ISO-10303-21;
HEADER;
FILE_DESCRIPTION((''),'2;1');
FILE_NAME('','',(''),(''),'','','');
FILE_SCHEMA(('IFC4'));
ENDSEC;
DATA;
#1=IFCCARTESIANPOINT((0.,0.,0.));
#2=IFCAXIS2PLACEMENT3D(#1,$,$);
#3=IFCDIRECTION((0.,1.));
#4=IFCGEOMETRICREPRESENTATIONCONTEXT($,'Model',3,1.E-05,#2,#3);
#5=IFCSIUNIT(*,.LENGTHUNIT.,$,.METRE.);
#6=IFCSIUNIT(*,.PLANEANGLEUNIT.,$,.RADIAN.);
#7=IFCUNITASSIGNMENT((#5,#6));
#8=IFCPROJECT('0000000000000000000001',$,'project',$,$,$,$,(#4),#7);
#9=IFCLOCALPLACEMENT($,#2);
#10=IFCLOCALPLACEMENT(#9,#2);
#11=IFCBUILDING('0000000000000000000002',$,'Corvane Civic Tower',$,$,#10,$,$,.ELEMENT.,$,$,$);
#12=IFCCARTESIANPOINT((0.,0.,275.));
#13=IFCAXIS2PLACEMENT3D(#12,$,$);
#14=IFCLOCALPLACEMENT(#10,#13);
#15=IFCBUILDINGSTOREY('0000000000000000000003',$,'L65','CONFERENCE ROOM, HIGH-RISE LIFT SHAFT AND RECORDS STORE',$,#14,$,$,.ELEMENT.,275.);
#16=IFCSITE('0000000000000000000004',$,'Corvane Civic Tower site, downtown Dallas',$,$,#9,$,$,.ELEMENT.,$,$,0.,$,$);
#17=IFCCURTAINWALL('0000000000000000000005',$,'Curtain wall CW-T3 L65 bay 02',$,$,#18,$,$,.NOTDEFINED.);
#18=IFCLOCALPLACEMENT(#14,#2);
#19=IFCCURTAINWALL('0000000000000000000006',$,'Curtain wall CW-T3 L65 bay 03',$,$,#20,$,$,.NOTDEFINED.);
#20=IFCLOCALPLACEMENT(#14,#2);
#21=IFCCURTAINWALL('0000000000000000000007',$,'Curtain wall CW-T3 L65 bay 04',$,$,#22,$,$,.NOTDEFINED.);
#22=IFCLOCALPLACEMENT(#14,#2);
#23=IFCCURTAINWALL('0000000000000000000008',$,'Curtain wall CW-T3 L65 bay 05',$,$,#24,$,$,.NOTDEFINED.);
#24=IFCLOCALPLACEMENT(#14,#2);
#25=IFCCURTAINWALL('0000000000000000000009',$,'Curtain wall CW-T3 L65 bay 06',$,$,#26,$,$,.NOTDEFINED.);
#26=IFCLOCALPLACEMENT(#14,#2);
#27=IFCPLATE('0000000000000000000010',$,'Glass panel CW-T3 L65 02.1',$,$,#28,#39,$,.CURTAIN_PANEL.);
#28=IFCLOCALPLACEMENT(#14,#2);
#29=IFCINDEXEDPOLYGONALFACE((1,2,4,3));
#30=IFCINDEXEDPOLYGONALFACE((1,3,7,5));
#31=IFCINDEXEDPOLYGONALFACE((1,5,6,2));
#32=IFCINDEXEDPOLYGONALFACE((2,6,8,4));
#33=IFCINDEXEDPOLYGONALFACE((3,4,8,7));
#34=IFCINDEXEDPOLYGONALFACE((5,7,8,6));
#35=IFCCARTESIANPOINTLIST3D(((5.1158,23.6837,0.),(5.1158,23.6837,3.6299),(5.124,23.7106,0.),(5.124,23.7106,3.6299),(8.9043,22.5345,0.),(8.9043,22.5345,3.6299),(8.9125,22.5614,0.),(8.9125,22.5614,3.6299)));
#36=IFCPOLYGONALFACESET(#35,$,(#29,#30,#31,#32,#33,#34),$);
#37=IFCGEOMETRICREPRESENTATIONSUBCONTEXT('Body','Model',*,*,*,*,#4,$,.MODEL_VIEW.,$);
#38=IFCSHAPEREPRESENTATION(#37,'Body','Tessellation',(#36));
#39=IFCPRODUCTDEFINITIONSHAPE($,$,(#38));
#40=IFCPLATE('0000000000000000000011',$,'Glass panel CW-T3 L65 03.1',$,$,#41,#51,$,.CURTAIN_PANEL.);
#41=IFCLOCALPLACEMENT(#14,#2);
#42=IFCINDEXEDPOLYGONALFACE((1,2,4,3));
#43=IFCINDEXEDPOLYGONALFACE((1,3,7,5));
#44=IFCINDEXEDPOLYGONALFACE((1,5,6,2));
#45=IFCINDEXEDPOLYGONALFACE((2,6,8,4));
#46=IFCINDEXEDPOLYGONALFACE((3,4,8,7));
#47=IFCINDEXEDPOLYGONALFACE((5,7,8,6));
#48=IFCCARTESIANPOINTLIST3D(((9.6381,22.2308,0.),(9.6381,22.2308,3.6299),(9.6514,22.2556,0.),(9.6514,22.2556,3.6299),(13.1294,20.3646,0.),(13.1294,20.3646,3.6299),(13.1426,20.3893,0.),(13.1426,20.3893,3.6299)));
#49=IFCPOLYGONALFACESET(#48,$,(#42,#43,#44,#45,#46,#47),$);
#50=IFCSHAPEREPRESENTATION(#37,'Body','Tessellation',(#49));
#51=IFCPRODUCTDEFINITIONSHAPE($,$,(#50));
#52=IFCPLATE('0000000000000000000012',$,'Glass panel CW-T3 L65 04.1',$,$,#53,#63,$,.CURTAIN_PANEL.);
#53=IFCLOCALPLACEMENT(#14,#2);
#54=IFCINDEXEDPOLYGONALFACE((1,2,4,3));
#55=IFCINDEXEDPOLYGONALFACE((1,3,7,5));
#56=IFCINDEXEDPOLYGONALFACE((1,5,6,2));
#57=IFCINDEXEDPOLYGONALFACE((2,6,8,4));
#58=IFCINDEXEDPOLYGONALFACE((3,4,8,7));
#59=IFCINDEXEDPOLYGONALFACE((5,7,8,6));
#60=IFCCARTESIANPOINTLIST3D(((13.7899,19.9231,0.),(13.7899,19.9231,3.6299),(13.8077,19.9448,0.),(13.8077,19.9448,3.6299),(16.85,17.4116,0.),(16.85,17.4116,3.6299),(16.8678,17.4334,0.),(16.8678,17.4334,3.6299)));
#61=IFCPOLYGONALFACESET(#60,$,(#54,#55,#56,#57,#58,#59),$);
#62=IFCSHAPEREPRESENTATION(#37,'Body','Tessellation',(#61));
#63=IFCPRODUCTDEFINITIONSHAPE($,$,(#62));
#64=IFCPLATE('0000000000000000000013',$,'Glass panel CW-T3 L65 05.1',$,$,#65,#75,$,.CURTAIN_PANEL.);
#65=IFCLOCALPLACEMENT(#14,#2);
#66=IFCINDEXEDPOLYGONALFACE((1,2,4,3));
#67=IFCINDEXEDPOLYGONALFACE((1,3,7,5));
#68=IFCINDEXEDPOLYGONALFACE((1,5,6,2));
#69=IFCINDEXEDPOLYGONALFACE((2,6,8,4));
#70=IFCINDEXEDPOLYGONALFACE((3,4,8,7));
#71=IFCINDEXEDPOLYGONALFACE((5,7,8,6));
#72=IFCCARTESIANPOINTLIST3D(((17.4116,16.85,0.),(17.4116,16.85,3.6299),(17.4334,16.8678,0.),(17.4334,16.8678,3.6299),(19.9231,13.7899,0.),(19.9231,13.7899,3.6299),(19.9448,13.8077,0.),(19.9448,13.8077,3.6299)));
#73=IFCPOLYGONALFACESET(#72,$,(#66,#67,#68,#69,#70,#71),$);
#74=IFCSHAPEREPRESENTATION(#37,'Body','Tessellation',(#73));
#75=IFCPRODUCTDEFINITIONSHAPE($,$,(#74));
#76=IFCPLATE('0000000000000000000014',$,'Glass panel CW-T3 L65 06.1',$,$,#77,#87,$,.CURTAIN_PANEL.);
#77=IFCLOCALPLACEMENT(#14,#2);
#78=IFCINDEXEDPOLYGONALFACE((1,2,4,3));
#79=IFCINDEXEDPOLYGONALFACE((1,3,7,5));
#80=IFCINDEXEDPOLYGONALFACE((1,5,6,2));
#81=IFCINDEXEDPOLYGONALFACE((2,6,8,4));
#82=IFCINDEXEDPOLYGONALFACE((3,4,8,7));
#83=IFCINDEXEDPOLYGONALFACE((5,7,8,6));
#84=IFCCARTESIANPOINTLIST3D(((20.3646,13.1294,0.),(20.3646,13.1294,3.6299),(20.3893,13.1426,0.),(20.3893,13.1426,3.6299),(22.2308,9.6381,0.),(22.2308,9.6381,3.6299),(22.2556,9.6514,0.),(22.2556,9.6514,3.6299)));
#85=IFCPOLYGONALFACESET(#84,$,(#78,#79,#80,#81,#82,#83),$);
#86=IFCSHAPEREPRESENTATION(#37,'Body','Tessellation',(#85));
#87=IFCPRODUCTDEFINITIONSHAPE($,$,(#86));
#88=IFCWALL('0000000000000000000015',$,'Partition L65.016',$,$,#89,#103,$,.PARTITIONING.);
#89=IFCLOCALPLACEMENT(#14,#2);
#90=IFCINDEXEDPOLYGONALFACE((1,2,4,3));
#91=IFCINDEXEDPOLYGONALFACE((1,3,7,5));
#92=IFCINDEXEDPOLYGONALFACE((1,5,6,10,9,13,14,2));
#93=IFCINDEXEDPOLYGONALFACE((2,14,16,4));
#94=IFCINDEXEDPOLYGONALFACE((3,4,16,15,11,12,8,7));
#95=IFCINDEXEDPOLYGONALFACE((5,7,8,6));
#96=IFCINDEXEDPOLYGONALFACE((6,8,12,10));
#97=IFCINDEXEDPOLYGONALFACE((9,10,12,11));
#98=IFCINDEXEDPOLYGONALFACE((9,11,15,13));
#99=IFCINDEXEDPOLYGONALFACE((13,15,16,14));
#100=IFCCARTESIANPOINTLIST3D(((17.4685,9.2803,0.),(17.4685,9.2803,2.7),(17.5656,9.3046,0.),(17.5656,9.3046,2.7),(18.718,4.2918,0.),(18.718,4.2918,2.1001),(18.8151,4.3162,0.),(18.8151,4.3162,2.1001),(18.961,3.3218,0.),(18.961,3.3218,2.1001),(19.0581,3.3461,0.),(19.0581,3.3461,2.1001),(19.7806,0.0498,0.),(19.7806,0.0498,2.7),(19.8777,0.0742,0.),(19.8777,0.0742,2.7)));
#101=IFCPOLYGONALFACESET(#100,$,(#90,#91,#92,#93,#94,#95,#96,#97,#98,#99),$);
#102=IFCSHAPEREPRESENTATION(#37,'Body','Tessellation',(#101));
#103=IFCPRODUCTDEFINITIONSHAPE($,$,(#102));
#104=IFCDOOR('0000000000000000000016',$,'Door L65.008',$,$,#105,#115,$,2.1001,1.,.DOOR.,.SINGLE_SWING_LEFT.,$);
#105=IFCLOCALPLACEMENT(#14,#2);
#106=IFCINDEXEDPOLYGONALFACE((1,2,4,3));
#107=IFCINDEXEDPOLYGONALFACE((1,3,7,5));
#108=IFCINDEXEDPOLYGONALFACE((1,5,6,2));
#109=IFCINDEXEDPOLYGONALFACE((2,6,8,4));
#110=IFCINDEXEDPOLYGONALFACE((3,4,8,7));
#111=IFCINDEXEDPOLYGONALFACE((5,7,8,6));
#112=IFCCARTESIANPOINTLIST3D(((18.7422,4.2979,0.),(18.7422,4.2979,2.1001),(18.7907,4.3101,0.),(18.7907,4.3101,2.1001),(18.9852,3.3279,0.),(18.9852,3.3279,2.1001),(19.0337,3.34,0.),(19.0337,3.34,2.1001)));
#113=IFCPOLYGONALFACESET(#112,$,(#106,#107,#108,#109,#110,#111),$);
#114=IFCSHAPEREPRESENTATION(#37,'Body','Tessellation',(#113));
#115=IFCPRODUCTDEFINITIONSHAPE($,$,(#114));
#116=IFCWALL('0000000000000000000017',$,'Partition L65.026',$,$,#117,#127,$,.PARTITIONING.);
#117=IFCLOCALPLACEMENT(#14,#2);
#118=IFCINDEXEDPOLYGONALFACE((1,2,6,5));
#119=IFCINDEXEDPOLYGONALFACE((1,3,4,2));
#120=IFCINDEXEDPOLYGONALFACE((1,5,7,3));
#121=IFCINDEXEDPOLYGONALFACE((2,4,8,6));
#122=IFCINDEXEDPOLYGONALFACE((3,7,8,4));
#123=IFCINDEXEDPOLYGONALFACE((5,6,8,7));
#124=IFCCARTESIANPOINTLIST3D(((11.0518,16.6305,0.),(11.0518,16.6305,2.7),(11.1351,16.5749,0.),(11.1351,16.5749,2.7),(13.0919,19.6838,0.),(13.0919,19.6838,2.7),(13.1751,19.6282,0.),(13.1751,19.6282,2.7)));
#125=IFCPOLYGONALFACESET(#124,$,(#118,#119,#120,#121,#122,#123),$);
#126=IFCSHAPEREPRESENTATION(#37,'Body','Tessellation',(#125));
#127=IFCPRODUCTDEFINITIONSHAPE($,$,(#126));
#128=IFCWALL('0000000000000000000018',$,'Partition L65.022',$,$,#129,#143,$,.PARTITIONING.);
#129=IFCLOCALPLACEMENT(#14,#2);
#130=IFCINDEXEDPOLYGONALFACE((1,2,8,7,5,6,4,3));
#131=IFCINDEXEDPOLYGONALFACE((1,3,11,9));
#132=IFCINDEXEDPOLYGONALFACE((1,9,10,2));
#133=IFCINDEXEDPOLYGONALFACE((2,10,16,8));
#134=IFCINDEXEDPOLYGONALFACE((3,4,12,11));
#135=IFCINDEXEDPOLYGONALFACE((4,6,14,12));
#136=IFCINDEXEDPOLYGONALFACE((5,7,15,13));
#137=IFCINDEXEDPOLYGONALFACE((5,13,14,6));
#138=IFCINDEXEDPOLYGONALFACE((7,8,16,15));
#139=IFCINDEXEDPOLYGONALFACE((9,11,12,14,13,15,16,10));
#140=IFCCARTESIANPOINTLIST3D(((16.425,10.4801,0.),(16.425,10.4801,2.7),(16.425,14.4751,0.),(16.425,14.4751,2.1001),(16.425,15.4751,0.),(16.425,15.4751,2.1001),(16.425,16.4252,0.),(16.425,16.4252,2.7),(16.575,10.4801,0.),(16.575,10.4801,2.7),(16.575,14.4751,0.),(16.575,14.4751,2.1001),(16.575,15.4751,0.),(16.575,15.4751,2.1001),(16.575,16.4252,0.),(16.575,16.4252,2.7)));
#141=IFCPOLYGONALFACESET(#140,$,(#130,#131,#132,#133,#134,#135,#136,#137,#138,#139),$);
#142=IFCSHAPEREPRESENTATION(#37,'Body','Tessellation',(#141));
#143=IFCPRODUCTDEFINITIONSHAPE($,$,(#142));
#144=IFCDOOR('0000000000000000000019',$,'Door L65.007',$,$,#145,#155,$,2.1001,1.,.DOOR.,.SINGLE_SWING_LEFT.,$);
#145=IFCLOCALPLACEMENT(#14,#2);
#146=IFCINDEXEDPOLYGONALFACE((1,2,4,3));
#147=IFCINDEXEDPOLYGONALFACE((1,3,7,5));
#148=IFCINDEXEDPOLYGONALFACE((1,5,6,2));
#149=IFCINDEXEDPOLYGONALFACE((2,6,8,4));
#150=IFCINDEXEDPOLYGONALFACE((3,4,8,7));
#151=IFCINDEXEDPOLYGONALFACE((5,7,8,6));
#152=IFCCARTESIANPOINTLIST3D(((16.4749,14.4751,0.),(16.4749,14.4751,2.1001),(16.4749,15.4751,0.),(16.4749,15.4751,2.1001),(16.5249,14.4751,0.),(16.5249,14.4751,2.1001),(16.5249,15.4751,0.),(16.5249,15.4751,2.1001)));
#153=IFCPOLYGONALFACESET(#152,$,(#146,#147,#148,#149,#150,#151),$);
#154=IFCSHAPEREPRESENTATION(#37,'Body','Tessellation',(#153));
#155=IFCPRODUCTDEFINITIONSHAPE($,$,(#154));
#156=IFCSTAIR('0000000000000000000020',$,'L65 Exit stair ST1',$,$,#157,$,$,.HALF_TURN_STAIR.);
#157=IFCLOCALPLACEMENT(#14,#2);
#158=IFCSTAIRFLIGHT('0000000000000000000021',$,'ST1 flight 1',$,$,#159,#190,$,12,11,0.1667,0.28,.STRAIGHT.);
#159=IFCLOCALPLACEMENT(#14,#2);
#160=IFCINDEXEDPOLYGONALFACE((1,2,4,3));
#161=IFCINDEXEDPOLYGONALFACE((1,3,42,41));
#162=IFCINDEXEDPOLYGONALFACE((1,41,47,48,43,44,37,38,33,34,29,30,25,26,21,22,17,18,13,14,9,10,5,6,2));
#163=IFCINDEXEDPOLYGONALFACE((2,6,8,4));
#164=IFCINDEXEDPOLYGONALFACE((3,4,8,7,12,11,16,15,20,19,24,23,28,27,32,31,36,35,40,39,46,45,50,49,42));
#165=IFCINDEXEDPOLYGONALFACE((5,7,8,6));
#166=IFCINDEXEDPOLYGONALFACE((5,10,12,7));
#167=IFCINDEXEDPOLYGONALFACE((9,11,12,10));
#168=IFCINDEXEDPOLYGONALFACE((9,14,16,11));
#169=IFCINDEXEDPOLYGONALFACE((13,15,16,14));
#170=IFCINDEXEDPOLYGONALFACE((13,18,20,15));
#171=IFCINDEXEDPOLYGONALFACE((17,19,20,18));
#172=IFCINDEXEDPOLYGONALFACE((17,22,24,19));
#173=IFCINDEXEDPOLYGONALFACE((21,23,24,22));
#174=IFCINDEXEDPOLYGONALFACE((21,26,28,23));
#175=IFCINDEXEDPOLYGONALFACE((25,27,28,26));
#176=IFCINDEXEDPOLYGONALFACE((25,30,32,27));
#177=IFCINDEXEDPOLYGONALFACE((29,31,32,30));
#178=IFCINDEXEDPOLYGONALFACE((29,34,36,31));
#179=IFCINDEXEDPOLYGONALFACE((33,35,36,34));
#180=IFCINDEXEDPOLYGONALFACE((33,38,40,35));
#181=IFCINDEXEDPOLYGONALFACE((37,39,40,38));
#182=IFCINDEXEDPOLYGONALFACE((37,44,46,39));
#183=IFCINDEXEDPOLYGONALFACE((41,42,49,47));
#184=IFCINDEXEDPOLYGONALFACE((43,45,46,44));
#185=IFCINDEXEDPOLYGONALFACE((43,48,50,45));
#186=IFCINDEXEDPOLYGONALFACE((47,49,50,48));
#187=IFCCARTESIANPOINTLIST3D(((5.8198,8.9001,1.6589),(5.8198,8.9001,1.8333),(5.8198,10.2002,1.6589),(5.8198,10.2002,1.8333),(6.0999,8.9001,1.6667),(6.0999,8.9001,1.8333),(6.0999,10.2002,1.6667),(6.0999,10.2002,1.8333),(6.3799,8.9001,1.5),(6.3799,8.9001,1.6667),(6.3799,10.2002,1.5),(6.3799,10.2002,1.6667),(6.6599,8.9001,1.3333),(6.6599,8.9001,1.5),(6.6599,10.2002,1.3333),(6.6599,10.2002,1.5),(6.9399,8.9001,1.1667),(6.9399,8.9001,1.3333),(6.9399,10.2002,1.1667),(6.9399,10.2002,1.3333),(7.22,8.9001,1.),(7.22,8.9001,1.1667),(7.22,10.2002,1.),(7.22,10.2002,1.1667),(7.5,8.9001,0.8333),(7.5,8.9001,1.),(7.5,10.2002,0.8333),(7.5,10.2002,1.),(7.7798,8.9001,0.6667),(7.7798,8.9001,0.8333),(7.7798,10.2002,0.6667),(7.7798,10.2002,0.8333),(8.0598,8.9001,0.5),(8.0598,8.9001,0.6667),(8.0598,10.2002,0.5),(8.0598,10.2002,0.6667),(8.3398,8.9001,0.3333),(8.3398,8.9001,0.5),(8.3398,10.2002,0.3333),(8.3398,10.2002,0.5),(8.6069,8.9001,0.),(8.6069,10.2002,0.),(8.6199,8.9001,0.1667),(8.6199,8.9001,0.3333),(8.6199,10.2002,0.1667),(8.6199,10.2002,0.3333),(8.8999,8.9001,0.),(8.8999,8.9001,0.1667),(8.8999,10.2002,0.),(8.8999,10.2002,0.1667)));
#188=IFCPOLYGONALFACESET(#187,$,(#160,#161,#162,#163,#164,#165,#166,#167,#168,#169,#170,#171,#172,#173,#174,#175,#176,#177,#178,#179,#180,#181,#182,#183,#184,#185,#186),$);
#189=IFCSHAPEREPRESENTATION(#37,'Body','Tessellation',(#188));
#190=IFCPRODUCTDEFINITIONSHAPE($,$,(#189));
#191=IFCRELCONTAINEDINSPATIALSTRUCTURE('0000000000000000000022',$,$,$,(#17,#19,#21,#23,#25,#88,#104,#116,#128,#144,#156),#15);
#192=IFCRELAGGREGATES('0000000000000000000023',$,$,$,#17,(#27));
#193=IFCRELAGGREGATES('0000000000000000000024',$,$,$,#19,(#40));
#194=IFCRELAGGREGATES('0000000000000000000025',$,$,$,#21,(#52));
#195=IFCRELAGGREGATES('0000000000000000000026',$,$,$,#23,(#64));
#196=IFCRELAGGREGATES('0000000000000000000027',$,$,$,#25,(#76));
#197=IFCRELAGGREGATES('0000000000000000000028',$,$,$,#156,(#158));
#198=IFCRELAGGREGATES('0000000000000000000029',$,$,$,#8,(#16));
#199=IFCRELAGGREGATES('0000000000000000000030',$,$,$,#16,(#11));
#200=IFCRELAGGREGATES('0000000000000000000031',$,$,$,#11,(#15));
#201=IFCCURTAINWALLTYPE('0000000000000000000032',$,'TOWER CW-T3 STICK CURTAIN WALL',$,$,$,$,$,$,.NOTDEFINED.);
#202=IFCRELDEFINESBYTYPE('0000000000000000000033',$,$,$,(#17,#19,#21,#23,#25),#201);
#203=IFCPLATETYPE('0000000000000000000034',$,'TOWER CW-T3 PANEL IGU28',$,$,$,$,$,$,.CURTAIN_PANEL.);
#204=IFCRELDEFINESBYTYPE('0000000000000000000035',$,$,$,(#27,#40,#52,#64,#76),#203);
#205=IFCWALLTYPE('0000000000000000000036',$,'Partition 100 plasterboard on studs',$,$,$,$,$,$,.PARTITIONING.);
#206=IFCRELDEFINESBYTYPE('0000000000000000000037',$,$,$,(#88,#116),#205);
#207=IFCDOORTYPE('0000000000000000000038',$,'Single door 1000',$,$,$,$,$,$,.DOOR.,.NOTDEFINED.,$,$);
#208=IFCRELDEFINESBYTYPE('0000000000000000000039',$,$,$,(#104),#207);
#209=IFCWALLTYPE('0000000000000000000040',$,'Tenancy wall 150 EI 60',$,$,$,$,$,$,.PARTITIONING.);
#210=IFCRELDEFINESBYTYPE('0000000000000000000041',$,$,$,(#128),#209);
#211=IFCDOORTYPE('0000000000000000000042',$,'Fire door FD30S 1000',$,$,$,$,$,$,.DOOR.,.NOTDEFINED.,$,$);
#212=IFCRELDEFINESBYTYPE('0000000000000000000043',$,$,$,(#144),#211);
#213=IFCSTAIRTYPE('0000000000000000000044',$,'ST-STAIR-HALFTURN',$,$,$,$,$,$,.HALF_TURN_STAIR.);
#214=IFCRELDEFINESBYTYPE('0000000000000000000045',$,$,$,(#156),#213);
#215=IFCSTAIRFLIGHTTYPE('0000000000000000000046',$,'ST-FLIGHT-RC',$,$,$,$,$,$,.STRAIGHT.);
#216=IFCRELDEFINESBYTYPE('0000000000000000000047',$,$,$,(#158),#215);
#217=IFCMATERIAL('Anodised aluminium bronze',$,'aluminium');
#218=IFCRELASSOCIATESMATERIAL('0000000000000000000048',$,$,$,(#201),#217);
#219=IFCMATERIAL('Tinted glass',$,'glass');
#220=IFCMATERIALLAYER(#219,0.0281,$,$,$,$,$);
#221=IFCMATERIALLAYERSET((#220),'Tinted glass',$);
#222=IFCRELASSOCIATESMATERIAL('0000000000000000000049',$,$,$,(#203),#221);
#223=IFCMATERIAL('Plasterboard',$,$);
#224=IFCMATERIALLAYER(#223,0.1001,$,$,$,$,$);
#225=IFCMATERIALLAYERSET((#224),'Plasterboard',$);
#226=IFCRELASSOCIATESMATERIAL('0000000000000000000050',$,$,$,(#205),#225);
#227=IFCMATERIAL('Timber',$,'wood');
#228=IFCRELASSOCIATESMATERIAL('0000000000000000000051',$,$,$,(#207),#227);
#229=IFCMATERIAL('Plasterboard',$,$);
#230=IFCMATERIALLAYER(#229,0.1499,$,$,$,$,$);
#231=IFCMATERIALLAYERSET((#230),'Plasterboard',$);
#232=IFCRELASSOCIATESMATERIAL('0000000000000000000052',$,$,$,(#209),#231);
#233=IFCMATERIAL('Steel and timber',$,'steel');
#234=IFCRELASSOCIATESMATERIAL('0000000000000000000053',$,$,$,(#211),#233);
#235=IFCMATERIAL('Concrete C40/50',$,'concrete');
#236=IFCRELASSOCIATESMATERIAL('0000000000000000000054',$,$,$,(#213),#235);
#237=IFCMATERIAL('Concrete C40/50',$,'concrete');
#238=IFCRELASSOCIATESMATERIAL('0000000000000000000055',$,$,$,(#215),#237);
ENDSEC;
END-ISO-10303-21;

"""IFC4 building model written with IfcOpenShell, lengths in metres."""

from ifc_helpers import new_model, si_unit, direction, frame, frame_2d, origin, origin_2d, place, context, subcontext, project, spatial, polyline, rectangle, outline, extrude, material, layer, layer_set, type_object, element, fill, aggregate, save


model = new_model("IFC4")

# Units and contexts
model_context = context("Model", 3, precision=1e-05, world=origin(), true_north=direction((0.0, 1.0)))
body_context = subcontext(model_context, "Body", "Model", "MODEL_VIEW")
ifc_project = project(units=[si_unit("LENGTHUNIT", "METRE"), si_unit("PLANEANGLEUNIT", "RADIAN")], contexts=[model_context])

# Site, building, storey
site_placement = place(None, origin())
site = spatial("IfcSite", under=ifc_project, at=site_placement, Name="Corvane Civic Tower site, downtown Dallas", CompositionType="ELEMENT", RefElevation=0.0)
building_placement = place(site_placement, origin())
building = spatial("IfcBuilding", under=site, at=building_placement, Name="Corvane Civic Tower", CompositionType="ELEMENT")
storey_placement = place(building_placement, frame((0.0, 0.0, 275.0)))
storey = spatial("IfcBuildingStorey", under=building, at=storey_placement, Name="L65", Description="CONFERENCE ROOM, HIGH-RISE LIFT SHAFT AND RECORDS STORE", CompositionType="ELEMENT", Elevation=275.0)

# Curtain walls
ifc_material_1 = material(Name="Anodised aluminium bronze", Category="aluminium")
curtain_wall_type = type_object("IfcCurtainWallType", Name="TOWER CW-T3 STICK CURTAIN WALL", PredefinedType="NOTDEFINED", material=ifc_material_1)
curtain_wall_1_placement = place(storey_placement, origin())
curtain_wall_1 = element("IfcCurtainWall", 1, at=curtain_wall_1_placement, inside=storey, type_object=curtain_wall_type, Name="Curtain wall CW-T3 L65 bay 02", PredefinedType="NOTDEFINED")
curtain_wall_2_placement = place(storey_placement, origin())
curtain_wall_2 = element("IfcCurtainWall", 2, at=curtain_wall_2_placement, inside=storey, type_object=curtain_wall_type, Name="Curtain wall CW-T3 L65 bay 03", PredefinedType="NOTDEFINED")
curtain_wall_3_placement = place(storey_placement, origin())
curtain_wall_3 = element("IfcCurtainWall", 3, at=curtain_wall_3_placement, inside=storey, type_object=curtain_wall_type, Name="Curtain wall CW-T3 L65 bay 04", PredefinedType="NOTDEFINED")
curtain_wall_4_placement = place(storey_placement, origin())
curtain_wall_4 = element("IfcCurtainWall", 4, at=curtain_wall_4_placement, inside=storey, type_object=curtain_wall_type, Name="Curtain wall CW-T3 L65 bay 05", PredefinedType="NOTDEFINED")
curtain_wall_5_placement = place(storey_placement, origin())
curtain_wall_5 = element("IfcCurtainWall", 5, at=curtain_wall_5_placement, inside=storey, type_object=curtain_wall_type, Name="Curtain wall CW-T3 L65 bay 06", PredefinedType="NOTDEFINED")

# Plates
ifc_material_2 = material(Name="Tinted glass", Category="glass")
ifc_layer_1 = layer(ifc_material_2, 0.0281)
ifc_layer_set_1 = layer_set([ifc_layer_1], Name="Tinted glass")
plate_type = type_object("IfcPlateType", Name="TOWER CW-T3 PANEL IGU28", PredefinedType="CURTAIN_PANEL", material=ifc_layer_set_1)
plate_1_placement = place(storey_placement, frame((7.0142, 23.1226, 0.0), z_axis=(0.0, 0.0, 1.0), x_axis=(0.956944, -0.290274, 0.0)))
plate_1 = element("IfcPlate", 6, at=plate_1_placement, type_object=plate_type, Name="Glass panel CW-T3 L65 02.1", PredefinedType="CURTAIN_PANEL", context=body_context, shape_type="SweptSolid", body=[
    extrude(rectangle(XDim=3.959, YDim=0.0281, at=origin_2d()), origin(), (0.0, 0.0, 1.0), 3.6299),
])
aggregate(curtain_wall_1, [plate_1])
plate_2_placement = place(storey_placement, frame((11.3904, 21.3101, 0.0), z_axis=(0.0, 0.0, 1.0), x_axis=(0.881908, -0.471421, 0.0)))
plate_2 = element("IfcPlate", 7, at=plate_2_placement, type_object=plate_type, Name="Glass panel CW-T3 L65 03.1", PredefinedType="CURTAIN_PANEL", context=body_context, shape_type="SweptSolid", body=[
    extrude(rectangle(XDim=3.9587, YDim=0.0281, at=origin_2d()), origin(), (0.0, 0.0, 1.0), 3.6299),
])
aggregate(curtain_wall_2, [plate_2])
plate_3_placement = place(storey_placement, frame((15.3289, 18.6782, 0.0), z_axis=(0.0, 0.0, 1.0), x_axis=(0.773001, -0.634405, 0.0)))
plate_3 = element("IfcPlate", 8, at=plate_3_placement, type_object=plate_type, Name="Glass panel CW-T3 L65 04.1", PredefinedType="CURTAIN_PANEL", context=body_context, shape_type="SweptSolid", body=[
    extrude(rectangle(XDim=3.9587, YDim=0.0281, at=origin_2d()), origin(), (0.0, 0.0, 1.0), 3.6299),
])
aggregate(curtain_wall_3, [plate_3])
plate_4_placement = place(storey_placement, frame((18.6782, 15.3289, 0.0), z_axis=(0.0, 0.0, 1.0), x_axis=(0.634405, -0.773001, 0.0)))
plate_4 = element("IfcPlate", 9, at=plate_4_placement, type_object=plate_type, Name="Glass panel CW-T3 L65 05.1", PredefinedType="CURTAIN_PANEL", context=body_context, shape_type="SweptSolid", body=[
    extrude(rectangle(XDim=3.9587, YDim=0.0281, at=origin_2d()), origin(), (0.0, 0.0, 1.0), 3.6299),
])
aggregate(curtain_wall_4, [plate_4])
plate_5_placement = place(storey_placement, frame((21.3101, 11.3904, 0.0), z_axis=(0.0, 0.0, 1.0), x_axis=(0.471421, -0.881908, 0.0)))
plate_5 = element("IfcPlate", 10, at=plate_5_placement, type_object=plate_type, Name="Glass panel CW-T3 L65 06.1", PredefinedType="CURTAIN_PANEL", context=body_context, shape_type="SweptSolid", body=[
    extrude(rectangle(XDim=3.9587, YDim=0.0281, at=origin_2d()), origin(), (0.0, 0.0, 1.0), 3.6299),
])
aggregate(curtain_wall_5, [plate_5])

# Wall, opening, door
ifc_material_3 = material(Name="Plasterboard")
ifc_layer_2 = layer(ifc_material_3, 0.1001)
ifc_layer_set_2 = layer_set([ifc_layer_2], Name="Plasterboard")
wall_type_1 = type_object("IfcWallType", Name="Partition 100 plasterboard on studs", PredefinedType="PARTITIONING", material=ifc_layer_set_2)
wall_1_placement = place(storey_placement, frame((17.5171, 9.2925, 0.0), z_axis=(0.0, 0.0, 1.0), x_axis=(0.24297, -0.970034, 0.0)))
wall_1 = element("IfcWall", 11, at=wall_1_placement, inside=storey, type_object=wall_type_1, Name="Partition L65.016", PredefinedType="PARTITIONING", context=body_context, shape_type="SweptSolid", body=[
    extrude(rectangle(XDim=9.5156, YDim=0.1001, at=frame_2d((4.7578, 0.0))), origin(), (0.0, 0.0, 1.0), 2.7),
])
opening_1_placement = place(wall_1_placement, frame((5.1426, 0.0, 0.0)))
opening_1 = element("IfcOpeningElement", 12, at=opening_1_placement, cuts=wall_1, PredefinedType="OPENING", context=body_context, shape_type="SweptSolid", body=[
    extrude(rectangle(XDim=1.0, YDim=2.1001, at=frame_2d((0.5, 1.05))), frame((0.0, 0.0601, 0.0), z_axis=(0.0, -1.0, 0.0), x_axis=(1.0, 0.0, 0.0)), (0.0, 0.0, 1.0), 0.1201),
])
ifc_material_4 = material(Name="Timber", Category="wood")
door_type_1 = type_object("IfcDoorType", Name="Single door 1000", OperationType="NOTDEFINED", PredefinedType="DOOR", material=ifc_material_4)
door_1_placement = place(opening_1_placement, origin())
door_1 = element("IfcDoor", 13, at=door_1_placement, inside=storey, type_object=door_type_1, Name="Door L65.008", OperationType="SINGLE_SWING_LEFT", OverallHeight=2.1001, OverallWidth=1.0, PredefinedType="DOOR", context=body_context, shape_type="SweptSolid", body=[
    extrude(rectangle(XDim=1.0, YDim=2.1001, at=frame_2d((0.5, 1.05))), frame((0.0, 0.0249, 0.0), z_axis=(0.0, -1.0, 0.0), x_axis=(1.0, 0.0, 0.0)), (0.0, 0.0, 1.0), 0.05),
])
fill(opening_1, door_1)

# Wall
wall_2_placement = place(storey_placement, frame((11.0935, 16.6028, 0.0), z_axis=(0.0, 0.0, 1.0), x_axis=(0.555559, 0.831477, 0.0)))
element("IfcWall", 14, at=wall_2_placement, inside=storey, type_object=wall_type_1, Name="Partition L65.026", PredefinedType="PARTITIONING", context=body_context, shape_type="SweptSolid", body=[
    extrude(rectangle(XDim=3.6721, YDim=0.1001, at=frame_2d((1.8359, 0.0))), origin(), (0.0, 0.0, 1.0), 2.7),
])

# Wall, opening, door
ifc_material_5 = material(Name="Plasterboard")
ifc_layer_3 = layer(ifc_material_5, 0.1499)
ifc_layer_set_3 = layer_set([ifc_layer_3], Name="Plasterboard")
wall_type_2 = type_object("IfcWallType", Name="Tenancy wall 150 EI 60", PredefinedType="PARTITIONING", material=ifc_layer_set_3)
wall_3_placement = place(storey_placement, frame((16.5, 10.48, 0.0), z_axis=(0.0, 0.0, 1.0), x_axis=(0.0, 1.0, 0.0)))
wall_3 = element("IfcWall", 15, at=wall_3_placement, inside=storey, type_object=wall_type_2, Name="Partition L65.022", PredefinedType="PARTITIONING", context=body_context, shape_type="SweptSolid", body=[
    extrude(rectangle(XDim=5.9451, YDim=0.1499, at=frame_2d((2.9727, 0.0))), origin(), (0.0, 0.0, 1.0), 2.7),
])
opening_2_placement = place(wall_3_placement, frame((3.9951, 0.0, 0.0)))
opening_2 = element("IfcOpeningElement", 16, at=opening_2_placement, cuts=wall_3, PredefinedType="OPENING", context=body_context, shape_type="SweptSolid", body=[
    extrude(rectangle(XDim=1.0, YDim=2.1001, at=frame_2d((0.5, 1.05))), frame((0.0, 0.085, 0.0), z_axis=(0.0, -1.0, 0.0), x_axis=(1.0, 0.0, 0.0)), (0.0, 0.0, 1.0), 0.1699),
])
ifc_material_6 = material(Name="Steel and timber", Category="steel")
door_type_2 = type_object("IfcDoorType", Name="Fire door FD30S 1000", OperationType="NOTDEFINED", PredefinedType="DOOR", material=ifc_material_6)
door_2_placement = place(opening_2_placement, frame((1.0, 0.0, 0.0), z_axis=(0.0, 0.0, 1.0), x_axis=(-1.0, 0.0, 0.0)))
door_2 = element("IfcDoor", 17, at=door_2_placement, inside=storey, type_object=door_type_2, Name="Door L65.007", OperationType="SINGLE_SWING_LEFT", OverallHeight=2.1001, OverallWidth=1.0, PredefinedType="DOOR", context=body_context, shape_type="SweptSolid", body=[
    extrude(rectangle(XDim=1.0, YDim=2.1001, at=frame_2d((0.5, 1.05))), frame((0.0, 0.0249, 0.0), z_axis=(0.0, -1.0, 0.0), x_axis=(1.0, 0.0, 0.0)), (0.0, 0.0, 1.0), 0.05),
])
fill(opening_2, door_2)

# Stair, stair flight
ifc_material_7 = material(Name="Concrete C40/50", Category="concrete")
stair_type = type_object("IfcStairType", Name="ST-STAIR-HALFTURN", PredefinedType="HALF_TURN_STAIR", material=ifc_material_7)
stair_placement = place(storey_placement, origin())
stair = element("IfcStair", 18, at=stair_placement, inside=storey, type_object=stair_type, Name="L65 Exit stair ST1", PredefinedType="HALF_TURN_STAIR")
ifc_material_8 = material(Name="Concrete C40/50", Category="concrete")
stair_flight_type = type_object("IfcStairFlightType", Name="ST-FLIGHT-RC", PredefinedType="STRAIGHT", material=ifc_material_8)
stair_flight_placement = place(storey_placement, frame((8.8999, 9.55, 0.0), z_axis=(0.0, 0.0, 1.0), x_axis=(-1.0, 0.0, 0.0)))
stair_flight = element("IfcStairFlight", 19, at=stair_flight_placement, type_object=stair_flight_type, Name="ST1 flight 1", NumberOfRisers=12, NumberOfTreads=11, PredefinedType="STRAIGHT", RiserHeight=0.1667, TreadLength=0.28, context=body_context, shape_type="SweptSolid", body=[
    extrude(outline(polyline([(0.0, 0.0), (0.0, 0.1667), (0.28, 0.1667), (0.28, 0.3333), (0.5601, 0.3333), (0.5601, 0.5), (0.8401, 0.5), (0.8401, 0.6667), (1.1201, 0.6667), (1.1201, 0.8333), (1.3999, 0.8333), (1.3999, 1.0), (1.6799, 1.0), (1.6799, 1.1667), (1.96, 1.1667), (1.96, 1.3333), (2.24, 1.3333), (2.24, 1.5), (2.52, 1.5), (2.52, 1.6667), (2.8, 1.6667), (2.8, 1.8333), (3.0801, 1.8333), (3.0801, 2.0), (3.0801, 1.6589), (0.293, 0.0), (0.0, 0.0)])), frame((0.0, 0.6499, 0.0), z_axis=(0.0, -1.0, 0.0), x_axis=(1.0, 0.0, 0.0)), (0.0, 0.0, 1.0), 1.3),
])
aggregate(stair, [stair_flight])

save(model, "model.ifc")
